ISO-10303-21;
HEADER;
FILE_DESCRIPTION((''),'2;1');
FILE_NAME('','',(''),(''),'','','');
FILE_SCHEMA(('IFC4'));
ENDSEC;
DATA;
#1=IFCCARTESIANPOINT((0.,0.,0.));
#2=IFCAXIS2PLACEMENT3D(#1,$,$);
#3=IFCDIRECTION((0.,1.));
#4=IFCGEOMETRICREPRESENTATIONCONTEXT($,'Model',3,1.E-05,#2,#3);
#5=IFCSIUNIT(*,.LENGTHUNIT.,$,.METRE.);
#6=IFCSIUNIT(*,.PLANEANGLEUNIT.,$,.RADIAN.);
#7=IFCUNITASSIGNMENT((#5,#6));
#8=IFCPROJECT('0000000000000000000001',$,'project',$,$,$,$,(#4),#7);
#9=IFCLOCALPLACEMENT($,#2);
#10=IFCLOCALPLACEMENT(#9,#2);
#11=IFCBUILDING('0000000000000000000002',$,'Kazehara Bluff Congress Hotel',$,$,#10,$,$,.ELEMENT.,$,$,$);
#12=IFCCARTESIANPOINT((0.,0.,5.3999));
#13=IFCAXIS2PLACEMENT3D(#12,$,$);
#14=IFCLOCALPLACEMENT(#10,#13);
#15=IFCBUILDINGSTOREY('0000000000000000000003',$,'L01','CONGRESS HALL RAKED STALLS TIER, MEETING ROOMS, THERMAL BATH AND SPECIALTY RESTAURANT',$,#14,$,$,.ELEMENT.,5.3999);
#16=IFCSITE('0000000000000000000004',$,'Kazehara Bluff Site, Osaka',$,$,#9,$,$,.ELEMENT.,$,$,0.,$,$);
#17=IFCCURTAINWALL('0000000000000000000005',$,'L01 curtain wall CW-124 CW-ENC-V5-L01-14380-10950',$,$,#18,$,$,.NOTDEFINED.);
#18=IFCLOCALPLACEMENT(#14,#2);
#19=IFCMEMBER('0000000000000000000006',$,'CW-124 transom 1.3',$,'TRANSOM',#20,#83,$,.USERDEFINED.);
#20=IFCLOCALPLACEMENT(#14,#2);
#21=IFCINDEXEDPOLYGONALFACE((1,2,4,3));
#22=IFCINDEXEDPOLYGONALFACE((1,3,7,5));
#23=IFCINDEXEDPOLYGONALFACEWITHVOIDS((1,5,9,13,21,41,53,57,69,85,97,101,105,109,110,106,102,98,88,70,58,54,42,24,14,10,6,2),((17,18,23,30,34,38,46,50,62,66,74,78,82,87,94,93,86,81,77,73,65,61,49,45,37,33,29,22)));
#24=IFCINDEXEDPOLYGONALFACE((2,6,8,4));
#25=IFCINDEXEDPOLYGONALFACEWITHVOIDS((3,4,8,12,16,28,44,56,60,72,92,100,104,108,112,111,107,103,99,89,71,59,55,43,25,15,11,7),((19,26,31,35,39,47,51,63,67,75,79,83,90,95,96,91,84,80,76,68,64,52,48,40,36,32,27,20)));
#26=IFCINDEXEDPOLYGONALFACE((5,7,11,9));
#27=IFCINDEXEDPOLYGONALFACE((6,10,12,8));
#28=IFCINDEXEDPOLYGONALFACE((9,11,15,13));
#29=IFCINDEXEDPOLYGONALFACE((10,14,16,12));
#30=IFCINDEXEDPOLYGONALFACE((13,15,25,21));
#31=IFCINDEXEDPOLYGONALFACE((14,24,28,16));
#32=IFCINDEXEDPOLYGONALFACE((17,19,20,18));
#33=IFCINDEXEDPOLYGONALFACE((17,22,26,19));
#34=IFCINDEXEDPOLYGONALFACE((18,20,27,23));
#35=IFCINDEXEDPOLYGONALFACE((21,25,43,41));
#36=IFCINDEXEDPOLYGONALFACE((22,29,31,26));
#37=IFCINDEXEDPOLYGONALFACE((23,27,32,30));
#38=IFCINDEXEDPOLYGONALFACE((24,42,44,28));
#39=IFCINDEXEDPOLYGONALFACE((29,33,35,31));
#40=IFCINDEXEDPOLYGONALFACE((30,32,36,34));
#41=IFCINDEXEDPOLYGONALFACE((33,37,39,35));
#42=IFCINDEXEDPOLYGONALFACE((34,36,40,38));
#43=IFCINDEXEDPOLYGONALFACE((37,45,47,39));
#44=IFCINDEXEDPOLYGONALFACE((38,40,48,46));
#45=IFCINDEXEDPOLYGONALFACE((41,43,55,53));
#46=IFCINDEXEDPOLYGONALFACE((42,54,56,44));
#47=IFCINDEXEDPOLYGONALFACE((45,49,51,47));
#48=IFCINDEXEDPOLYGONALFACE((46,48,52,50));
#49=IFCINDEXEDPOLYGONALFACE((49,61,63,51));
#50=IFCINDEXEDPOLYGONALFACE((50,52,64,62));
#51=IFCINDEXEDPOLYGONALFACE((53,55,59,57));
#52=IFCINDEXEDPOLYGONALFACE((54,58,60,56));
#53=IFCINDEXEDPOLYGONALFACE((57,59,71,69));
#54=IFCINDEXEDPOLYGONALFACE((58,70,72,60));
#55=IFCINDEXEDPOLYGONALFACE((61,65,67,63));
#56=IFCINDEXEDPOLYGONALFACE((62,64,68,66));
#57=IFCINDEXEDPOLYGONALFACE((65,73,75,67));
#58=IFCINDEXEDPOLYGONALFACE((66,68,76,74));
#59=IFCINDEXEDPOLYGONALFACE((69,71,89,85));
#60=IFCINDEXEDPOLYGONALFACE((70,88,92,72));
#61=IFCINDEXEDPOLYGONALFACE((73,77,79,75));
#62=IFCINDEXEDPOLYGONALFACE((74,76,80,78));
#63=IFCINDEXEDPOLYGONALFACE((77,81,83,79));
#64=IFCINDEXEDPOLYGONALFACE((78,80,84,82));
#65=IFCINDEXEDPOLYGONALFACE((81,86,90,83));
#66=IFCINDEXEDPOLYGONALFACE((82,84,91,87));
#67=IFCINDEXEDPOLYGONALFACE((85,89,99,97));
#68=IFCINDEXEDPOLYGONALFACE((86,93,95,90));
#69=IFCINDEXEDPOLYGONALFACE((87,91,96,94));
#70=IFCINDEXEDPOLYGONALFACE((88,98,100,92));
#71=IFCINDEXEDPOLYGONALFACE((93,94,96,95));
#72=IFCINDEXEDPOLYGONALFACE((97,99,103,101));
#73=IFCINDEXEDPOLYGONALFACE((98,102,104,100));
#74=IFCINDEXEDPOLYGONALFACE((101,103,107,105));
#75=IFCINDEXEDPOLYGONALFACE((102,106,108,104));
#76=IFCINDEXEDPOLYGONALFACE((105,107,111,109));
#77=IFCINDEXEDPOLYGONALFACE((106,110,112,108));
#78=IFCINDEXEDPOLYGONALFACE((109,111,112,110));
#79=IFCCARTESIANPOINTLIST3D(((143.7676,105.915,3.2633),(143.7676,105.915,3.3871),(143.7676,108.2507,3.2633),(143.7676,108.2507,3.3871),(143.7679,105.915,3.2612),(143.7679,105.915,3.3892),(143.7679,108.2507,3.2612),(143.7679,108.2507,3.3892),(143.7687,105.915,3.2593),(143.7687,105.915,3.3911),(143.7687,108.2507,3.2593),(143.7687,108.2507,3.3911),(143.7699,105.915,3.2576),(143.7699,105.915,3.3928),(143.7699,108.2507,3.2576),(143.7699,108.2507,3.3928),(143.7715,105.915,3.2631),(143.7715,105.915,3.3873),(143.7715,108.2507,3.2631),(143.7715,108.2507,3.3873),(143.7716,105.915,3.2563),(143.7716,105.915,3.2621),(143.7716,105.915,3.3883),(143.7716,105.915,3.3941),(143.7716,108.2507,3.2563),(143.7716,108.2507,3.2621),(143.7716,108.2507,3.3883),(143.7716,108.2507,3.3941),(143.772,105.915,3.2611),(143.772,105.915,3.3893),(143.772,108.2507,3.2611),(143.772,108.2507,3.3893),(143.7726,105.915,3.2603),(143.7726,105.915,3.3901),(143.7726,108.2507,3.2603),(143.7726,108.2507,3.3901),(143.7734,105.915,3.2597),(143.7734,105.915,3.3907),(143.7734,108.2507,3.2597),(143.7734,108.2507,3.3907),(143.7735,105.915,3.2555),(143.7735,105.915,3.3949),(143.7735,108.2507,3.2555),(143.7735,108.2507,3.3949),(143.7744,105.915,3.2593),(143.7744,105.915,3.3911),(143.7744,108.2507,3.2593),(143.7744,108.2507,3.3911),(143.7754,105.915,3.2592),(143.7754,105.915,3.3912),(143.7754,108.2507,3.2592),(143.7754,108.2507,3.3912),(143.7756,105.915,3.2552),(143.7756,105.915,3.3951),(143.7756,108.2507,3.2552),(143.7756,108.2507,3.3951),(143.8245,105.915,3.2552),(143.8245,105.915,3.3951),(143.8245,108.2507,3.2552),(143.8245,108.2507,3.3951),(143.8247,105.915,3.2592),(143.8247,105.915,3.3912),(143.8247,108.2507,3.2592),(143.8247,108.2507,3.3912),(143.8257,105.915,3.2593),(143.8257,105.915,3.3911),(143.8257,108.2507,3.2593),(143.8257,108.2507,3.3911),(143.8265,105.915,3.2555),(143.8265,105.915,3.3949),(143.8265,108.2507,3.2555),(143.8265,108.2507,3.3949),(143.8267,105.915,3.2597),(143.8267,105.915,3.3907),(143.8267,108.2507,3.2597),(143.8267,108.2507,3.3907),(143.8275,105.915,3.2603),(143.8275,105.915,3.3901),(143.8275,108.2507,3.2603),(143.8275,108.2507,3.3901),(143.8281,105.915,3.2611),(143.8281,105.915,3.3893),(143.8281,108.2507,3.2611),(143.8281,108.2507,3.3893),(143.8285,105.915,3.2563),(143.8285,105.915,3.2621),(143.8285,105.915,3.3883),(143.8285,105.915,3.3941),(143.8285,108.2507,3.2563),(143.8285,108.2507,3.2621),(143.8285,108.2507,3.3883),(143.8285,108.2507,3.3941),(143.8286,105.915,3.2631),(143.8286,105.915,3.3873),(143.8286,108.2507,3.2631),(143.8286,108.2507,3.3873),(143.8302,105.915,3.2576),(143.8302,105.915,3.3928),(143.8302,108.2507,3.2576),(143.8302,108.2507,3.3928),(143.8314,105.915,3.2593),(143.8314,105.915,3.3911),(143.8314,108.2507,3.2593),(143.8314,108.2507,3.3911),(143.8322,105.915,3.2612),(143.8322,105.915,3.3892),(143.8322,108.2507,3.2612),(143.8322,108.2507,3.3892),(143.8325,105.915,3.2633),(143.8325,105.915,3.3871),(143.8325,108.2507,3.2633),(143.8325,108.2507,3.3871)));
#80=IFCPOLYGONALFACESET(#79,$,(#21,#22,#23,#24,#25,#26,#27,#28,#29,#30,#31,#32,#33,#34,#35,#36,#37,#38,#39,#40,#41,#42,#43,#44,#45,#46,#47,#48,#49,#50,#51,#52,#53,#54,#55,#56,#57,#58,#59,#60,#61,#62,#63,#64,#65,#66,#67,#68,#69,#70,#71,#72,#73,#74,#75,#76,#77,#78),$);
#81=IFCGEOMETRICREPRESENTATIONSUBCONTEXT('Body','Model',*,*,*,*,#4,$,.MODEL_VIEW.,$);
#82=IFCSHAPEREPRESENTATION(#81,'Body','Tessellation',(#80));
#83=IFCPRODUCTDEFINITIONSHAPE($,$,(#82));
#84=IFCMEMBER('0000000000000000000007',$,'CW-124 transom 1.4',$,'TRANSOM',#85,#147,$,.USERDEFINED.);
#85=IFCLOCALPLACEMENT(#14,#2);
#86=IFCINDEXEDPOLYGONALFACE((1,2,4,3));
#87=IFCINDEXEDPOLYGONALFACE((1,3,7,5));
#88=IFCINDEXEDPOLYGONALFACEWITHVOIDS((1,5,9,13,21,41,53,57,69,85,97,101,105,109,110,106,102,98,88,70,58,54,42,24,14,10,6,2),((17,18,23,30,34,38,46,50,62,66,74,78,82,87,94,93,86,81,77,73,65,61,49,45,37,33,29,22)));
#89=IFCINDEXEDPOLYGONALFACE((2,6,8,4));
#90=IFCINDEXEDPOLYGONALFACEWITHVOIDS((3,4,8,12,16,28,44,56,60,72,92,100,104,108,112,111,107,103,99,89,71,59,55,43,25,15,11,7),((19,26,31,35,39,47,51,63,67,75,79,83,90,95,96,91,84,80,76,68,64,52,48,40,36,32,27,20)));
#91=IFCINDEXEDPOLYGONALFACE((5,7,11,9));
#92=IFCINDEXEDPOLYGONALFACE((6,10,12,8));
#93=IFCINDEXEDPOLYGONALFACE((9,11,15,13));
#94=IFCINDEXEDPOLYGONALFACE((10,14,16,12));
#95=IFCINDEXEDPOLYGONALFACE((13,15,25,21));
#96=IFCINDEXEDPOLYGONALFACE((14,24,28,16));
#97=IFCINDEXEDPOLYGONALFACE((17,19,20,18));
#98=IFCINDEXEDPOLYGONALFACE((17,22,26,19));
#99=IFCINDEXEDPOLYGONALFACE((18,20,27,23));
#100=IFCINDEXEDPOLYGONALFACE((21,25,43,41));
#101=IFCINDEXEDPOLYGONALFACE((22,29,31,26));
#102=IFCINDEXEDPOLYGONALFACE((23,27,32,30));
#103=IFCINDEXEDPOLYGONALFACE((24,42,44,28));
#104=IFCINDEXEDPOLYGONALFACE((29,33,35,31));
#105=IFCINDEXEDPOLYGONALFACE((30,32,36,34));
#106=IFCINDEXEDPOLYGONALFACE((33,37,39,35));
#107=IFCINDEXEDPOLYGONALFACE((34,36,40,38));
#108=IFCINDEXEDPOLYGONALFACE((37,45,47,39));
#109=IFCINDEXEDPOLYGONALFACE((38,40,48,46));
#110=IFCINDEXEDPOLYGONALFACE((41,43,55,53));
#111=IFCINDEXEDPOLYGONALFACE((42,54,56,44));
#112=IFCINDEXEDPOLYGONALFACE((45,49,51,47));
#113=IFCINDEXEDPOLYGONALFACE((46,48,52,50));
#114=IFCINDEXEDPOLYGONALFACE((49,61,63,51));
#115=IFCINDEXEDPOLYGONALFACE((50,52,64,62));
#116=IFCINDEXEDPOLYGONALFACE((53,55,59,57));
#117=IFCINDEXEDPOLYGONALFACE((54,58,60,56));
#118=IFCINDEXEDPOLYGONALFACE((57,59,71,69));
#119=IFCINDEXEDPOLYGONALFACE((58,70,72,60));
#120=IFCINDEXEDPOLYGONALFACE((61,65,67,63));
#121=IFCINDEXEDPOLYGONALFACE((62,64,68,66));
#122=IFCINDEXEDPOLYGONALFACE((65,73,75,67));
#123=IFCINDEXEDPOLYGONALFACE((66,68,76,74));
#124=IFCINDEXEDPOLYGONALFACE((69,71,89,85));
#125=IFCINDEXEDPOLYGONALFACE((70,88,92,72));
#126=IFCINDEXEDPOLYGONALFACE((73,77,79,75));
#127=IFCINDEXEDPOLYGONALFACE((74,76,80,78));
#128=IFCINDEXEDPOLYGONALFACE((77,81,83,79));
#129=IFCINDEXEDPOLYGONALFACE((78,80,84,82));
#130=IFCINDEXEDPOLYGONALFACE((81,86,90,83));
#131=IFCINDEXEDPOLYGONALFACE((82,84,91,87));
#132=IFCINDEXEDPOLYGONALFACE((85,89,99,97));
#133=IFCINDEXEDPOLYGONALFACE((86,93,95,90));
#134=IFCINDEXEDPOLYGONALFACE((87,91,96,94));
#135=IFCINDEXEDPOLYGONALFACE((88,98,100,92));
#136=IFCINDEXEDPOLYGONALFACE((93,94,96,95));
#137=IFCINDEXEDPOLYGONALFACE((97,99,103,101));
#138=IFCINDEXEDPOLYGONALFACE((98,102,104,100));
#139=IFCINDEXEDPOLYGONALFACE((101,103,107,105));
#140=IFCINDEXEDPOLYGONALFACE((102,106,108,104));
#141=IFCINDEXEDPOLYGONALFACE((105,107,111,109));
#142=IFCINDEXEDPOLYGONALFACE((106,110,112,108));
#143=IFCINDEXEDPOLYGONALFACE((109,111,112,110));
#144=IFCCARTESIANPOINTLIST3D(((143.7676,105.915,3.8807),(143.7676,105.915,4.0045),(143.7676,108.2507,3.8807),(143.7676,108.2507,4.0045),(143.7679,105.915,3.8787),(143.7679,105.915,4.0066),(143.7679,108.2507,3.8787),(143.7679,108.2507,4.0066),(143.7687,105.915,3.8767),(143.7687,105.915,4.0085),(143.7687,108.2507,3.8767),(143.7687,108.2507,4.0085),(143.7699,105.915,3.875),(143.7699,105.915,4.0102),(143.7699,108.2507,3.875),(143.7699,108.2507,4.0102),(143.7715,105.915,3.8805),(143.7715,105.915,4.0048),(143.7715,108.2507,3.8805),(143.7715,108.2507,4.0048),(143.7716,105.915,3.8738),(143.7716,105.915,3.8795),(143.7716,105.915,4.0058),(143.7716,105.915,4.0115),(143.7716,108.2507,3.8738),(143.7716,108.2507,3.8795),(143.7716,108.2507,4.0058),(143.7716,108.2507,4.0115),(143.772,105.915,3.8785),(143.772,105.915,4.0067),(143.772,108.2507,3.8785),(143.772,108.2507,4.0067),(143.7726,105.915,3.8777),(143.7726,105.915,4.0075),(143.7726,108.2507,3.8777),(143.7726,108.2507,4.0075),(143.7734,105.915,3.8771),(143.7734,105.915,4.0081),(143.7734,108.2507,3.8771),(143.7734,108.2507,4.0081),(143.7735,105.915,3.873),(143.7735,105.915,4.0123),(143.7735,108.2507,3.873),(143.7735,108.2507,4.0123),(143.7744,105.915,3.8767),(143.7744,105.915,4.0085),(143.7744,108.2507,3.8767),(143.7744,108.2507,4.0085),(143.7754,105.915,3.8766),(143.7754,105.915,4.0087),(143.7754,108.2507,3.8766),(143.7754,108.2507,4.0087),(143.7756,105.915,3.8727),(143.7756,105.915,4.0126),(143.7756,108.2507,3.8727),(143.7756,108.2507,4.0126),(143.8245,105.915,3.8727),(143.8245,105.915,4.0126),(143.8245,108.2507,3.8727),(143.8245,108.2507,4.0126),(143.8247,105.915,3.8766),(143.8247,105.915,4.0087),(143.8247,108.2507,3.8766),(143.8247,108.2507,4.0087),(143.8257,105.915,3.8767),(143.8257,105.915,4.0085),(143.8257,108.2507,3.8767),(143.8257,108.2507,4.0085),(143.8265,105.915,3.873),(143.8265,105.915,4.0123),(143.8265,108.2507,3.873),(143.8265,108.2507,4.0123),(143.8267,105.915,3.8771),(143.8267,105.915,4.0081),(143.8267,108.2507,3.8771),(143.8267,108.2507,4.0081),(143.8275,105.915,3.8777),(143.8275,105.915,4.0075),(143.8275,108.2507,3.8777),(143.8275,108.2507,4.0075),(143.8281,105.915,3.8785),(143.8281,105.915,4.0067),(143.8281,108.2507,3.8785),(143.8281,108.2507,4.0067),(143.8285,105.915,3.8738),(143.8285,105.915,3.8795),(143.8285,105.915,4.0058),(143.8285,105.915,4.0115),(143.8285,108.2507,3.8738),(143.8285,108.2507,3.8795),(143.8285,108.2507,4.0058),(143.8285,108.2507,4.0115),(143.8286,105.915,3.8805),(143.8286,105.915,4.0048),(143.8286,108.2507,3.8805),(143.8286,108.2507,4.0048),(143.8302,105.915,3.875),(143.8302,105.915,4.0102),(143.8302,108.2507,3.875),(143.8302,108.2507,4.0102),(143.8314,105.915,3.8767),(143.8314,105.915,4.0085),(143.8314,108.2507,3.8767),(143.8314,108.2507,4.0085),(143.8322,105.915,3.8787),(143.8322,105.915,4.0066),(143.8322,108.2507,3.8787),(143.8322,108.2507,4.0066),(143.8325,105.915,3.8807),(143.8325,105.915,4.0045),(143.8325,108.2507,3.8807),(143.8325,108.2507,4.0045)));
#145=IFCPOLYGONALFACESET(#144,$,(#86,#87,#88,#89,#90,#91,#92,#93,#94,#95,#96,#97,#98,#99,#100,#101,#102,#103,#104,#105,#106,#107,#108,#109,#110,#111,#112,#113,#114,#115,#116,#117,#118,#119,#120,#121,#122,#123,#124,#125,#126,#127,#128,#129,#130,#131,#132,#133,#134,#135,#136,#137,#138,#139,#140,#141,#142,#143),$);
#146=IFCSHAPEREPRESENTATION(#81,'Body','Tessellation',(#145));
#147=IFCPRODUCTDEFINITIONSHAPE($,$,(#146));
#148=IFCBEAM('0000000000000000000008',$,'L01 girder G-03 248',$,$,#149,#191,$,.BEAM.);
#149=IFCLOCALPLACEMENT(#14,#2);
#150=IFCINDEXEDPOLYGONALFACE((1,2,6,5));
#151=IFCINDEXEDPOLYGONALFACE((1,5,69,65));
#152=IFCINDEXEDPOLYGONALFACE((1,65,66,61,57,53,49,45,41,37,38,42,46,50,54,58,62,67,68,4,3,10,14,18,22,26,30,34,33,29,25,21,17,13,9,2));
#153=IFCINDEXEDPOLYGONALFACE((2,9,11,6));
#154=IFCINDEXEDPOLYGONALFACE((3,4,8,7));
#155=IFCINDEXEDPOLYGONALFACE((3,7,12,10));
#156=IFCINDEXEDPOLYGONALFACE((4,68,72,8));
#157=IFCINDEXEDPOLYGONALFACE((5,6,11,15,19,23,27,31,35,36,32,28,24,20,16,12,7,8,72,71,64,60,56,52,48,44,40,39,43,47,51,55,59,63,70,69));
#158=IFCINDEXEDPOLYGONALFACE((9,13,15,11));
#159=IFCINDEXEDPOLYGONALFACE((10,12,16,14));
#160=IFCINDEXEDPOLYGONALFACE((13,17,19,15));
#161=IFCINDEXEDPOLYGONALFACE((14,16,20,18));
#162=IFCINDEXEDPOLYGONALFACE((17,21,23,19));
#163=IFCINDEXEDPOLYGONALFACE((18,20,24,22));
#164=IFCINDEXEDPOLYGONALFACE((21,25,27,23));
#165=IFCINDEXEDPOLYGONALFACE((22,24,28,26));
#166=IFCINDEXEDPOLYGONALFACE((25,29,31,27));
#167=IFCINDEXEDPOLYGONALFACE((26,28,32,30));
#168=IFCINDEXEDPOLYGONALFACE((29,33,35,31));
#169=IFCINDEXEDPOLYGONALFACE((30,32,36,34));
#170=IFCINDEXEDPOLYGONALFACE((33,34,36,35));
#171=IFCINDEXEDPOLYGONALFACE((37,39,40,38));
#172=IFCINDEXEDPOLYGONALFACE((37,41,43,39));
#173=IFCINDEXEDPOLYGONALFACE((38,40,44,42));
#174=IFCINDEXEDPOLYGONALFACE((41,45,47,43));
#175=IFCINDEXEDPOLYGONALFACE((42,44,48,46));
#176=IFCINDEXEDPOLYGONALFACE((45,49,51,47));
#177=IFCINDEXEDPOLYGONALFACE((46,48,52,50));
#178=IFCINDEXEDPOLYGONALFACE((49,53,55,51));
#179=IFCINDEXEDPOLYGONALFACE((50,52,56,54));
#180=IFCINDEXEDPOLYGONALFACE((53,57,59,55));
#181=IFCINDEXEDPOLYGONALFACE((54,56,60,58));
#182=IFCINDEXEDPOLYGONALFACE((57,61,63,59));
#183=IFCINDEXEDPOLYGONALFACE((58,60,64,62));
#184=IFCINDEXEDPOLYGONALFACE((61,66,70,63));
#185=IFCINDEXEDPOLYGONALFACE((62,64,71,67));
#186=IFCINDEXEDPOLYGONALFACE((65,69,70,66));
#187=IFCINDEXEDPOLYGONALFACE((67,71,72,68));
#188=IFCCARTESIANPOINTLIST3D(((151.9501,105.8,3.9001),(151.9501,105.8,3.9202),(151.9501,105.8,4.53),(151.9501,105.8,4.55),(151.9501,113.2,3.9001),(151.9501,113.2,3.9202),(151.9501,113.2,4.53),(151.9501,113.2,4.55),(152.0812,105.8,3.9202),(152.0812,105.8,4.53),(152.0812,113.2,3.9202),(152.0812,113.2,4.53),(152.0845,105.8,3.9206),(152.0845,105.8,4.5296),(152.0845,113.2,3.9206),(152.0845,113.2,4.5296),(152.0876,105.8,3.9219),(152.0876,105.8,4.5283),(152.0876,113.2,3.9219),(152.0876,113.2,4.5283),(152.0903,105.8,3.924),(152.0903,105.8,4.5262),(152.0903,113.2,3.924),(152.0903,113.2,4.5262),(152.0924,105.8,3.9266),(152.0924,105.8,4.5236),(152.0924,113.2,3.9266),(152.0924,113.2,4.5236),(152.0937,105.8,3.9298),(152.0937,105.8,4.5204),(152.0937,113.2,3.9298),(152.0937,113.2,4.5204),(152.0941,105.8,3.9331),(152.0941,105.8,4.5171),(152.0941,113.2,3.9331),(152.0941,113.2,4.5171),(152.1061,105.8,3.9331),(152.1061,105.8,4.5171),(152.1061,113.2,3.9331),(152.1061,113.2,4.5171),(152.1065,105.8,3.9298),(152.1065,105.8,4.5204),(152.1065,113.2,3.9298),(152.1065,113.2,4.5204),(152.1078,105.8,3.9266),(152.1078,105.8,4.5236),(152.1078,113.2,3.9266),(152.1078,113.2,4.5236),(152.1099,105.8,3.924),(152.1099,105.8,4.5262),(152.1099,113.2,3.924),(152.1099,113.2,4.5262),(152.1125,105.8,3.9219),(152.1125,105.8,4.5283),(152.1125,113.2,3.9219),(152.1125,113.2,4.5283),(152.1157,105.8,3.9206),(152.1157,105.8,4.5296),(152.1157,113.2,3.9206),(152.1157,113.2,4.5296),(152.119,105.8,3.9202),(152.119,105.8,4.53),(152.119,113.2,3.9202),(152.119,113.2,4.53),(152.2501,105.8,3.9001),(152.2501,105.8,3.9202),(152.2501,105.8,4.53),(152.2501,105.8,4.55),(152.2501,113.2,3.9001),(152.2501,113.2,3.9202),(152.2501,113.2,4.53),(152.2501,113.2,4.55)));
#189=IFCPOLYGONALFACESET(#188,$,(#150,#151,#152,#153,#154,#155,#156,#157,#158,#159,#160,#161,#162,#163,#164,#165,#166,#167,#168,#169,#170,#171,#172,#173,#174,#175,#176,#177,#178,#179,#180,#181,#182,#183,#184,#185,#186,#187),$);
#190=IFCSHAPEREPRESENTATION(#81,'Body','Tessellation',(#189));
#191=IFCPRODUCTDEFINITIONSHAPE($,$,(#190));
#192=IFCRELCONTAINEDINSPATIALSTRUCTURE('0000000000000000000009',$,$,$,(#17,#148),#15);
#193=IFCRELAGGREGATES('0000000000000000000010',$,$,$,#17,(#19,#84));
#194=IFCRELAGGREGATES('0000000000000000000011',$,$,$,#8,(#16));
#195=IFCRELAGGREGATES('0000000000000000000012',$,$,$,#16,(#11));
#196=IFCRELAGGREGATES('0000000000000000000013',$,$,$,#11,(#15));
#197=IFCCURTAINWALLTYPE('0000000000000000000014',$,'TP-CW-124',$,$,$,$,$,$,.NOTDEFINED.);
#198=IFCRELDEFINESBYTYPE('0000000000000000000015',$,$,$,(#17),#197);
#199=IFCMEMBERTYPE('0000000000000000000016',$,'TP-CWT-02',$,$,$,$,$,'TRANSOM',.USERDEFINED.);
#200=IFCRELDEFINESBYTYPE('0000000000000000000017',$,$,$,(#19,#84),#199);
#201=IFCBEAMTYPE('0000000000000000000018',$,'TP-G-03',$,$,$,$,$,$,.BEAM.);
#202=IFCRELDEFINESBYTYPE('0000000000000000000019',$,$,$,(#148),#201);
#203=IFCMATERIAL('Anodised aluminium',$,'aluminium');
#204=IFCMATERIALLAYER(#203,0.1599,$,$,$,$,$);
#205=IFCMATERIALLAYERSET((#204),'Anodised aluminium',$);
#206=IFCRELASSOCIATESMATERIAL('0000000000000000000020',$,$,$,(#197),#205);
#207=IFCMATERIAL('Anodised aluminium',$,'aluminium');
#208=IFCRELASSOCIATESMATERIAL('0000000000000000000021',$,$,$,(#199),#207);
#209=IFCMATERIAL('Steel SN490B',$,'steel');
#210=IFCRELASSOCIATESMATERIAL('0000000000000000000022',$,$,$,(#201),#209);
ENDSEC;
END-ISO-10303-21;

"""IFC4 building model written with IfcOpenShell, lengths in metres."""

from ifc_helpers import new_model, si_unit, direction, frame, origin, origin_2d, place, context, subcontext, project, spatial, hollow_rectangle, i_section, extrude, material, layer, layer_set, material_profile, profile_set, type_object, element, aggregate, save


model = new_model("IFC4")

# Units and contexts
model_context = context("Model", 3, precision=1e-05, world=origin(), true_north=direction((0.0, 1.0)))
body_context = subcontext(model_context, "Body", "Model", "MODEL_VIEW")
ifc_project = project(units=[si_unit("LENGTHUNIT", "METRE"), si_unit("PLANEANGLEUNIT", "RADIAN")], contexts=[model_context])

# Site, building, storey
site_placement = place(None, origin())
site = spatial("IfcSite", under=ifc_project, at=site_placement, Name="Kazehara Bluff Site, Osaka", CompositionType="ELEMENT", RefElevation=0.0)
building_placement = place(site_placement, origin())
building = spatial("IfcBuilding", under=site, at=building_placement, Name="Kazehara Bluff Congress Hotel", CompositionType="ELEMENT")
storey_placement = place(building_placement, frame((0.0, 0.0, 5.3999)))
storey = spatial("IfcBuildingStorey", under=building, at=storey_placement, Name="L01", Description="CONGRESS HALL RAKED STALLS TIER, MEETING ROOMS, THERMAL BATH AND SPECIALTY RESTAURANT", CompositionType="ELEMENT", Elevation=5.3999)

# Curtain wall
ifc_material_1 = material(Name="Anodised aluminium", Category="aluminium")
ifc_layer_1 = layer(ifc_material_1, 0.1599)
ifc_layer_set_1 = layer_set([ifc_layer_1], Name="Anodised aluminium")
curtain_wall_type_1 = type_object("IfcCurtainWallType", Name="TP-CW-124", PredefinedType="NOTDEFINED", material=ifc_layer_set_1)
curtain_wall_1_placement = place(storey_placement, origin())
curtain_wall_1 = element("IfcCurtainWall", 1, at=curtain_wall_1_placement, inside=storey, type_object=curtain_wall_type_1, Name="L01 curtain wall CW-124 CW-ENC-V5-L01-14380-10950", PredefinedType="NOTDEFINED")

# Members
ifc_material_2 = material(Name="Anodised aluminium", Category="aluminium")
ifc_material_profile_1 = material_profile(ifc_material_2, hollow_rectangle(XDim=0.0649, YDim=0.1399, WallThickness=0.0039, InnerFilletRadius=0.0039, OuterFilletRadius=0.0081, at=origin_2d()))
ifc_profile_set_1 = profile_set([ifc_material_profile_1], Name="Anodised aluminium")
member_type_1 = type_object("IfcMemberType", Name="TP-CWT-02", ElementType="TRANSOM", PredefinedType="USERDEFINED", material=ifc_profile_set_1)
member_1_placement = place(storey_placement, frame((143.8, 105.915, 3.3252), z_axis=(0.0, 1.0, 0.0), x_axis=(-1.0, 0.0, 0.0)))
member_1 = element("IfcMember", 2, at=member_1_placement, type_object=member_type_1, Name="CW-124 transom 1.3", ObjectType="TRANSOM", PredefinedType="USERDEFINED", context=body_context, shape_type="SweptSolid", body=[
    extrude(hollow_rectangle(XDim=0.0649, YDim=0.1399, WallThickness=0.0039, InnerFilletRadius=0.0039, OuterFilletRadius=0.0081, at=origin_2d()), origin(), (0.0, 0.0, 1.0), 2.3357),
])
member_2_placement = place(storey_placement, frame((143.8, 105.915, 3.9426), z_axis=(0.0, 1.0, 0.0), x_axis=(-1.0, 0.0, 0.0)))
member_2 = element("IfcMember", 3, at=member_2_placement, type_object=member_type_1, Name="CW-124 transom 1.4", ObjectType="TRANSOM", PredefinedType="USERDEFINED", context=body_context, shape_type="SweptSolid", body=[
    extrude(hollow_rectangle(XDim=0.0649, YDim=0.1399, WallThickness=0.0039, InnerFilletRadius=0.0039, OuterFilletRadius=0.0081, at=origin_2d()), origin(), (0.0, 0.0, 1.0), 2.3357),
])

# Beam
ifc_material_3 = material(Name="Steel SN490B", Category="steel")
ifc_material_profile_2 = material_profile(ifc_material_3, i_section(OverallWidth=0.3, OverallDepth=0.6499, WebThickness=0.012, FlangeThickness=0.02, FilletRadius=0.0129, at=origin_2d()))
ifc_profile_set_2 = profile_set([ifc_material_profile_2], Name="Steel SN490B")
beam_type_1 = type_object("IfcBeamType", Name="TP-G-03", PredefinedType="BEAM", material=ifc_profile_set_2)
beam_1_placement = place(storey_placement, frame((152.1001, 105.8, 4.2251), z_axis=(0.0, 1.0, 0.0), x_axis=(-1.0, 0.0, 0.0)))
element("IfcBeam", 4, at=beam_1_placement, inside=storey, type_object=beam_type_1, Name="L01 girder G-03 248", PredefinedType="BEAM", context=body_context, shape_type="SweptSolid", body=[
    extrude(i_section(OverallWidth=0.3, OverallDepth=0.6499, WebThickness=0.012, FlangeThickness=0.02, FilletRadius=0.0129, at=origin_2d()), origin(), (0.0, 0.0, 1.0), 7.3999),
])

aggregate(curtain_wall_1, [member_1, member_2])

save(model, "model.ifc")
